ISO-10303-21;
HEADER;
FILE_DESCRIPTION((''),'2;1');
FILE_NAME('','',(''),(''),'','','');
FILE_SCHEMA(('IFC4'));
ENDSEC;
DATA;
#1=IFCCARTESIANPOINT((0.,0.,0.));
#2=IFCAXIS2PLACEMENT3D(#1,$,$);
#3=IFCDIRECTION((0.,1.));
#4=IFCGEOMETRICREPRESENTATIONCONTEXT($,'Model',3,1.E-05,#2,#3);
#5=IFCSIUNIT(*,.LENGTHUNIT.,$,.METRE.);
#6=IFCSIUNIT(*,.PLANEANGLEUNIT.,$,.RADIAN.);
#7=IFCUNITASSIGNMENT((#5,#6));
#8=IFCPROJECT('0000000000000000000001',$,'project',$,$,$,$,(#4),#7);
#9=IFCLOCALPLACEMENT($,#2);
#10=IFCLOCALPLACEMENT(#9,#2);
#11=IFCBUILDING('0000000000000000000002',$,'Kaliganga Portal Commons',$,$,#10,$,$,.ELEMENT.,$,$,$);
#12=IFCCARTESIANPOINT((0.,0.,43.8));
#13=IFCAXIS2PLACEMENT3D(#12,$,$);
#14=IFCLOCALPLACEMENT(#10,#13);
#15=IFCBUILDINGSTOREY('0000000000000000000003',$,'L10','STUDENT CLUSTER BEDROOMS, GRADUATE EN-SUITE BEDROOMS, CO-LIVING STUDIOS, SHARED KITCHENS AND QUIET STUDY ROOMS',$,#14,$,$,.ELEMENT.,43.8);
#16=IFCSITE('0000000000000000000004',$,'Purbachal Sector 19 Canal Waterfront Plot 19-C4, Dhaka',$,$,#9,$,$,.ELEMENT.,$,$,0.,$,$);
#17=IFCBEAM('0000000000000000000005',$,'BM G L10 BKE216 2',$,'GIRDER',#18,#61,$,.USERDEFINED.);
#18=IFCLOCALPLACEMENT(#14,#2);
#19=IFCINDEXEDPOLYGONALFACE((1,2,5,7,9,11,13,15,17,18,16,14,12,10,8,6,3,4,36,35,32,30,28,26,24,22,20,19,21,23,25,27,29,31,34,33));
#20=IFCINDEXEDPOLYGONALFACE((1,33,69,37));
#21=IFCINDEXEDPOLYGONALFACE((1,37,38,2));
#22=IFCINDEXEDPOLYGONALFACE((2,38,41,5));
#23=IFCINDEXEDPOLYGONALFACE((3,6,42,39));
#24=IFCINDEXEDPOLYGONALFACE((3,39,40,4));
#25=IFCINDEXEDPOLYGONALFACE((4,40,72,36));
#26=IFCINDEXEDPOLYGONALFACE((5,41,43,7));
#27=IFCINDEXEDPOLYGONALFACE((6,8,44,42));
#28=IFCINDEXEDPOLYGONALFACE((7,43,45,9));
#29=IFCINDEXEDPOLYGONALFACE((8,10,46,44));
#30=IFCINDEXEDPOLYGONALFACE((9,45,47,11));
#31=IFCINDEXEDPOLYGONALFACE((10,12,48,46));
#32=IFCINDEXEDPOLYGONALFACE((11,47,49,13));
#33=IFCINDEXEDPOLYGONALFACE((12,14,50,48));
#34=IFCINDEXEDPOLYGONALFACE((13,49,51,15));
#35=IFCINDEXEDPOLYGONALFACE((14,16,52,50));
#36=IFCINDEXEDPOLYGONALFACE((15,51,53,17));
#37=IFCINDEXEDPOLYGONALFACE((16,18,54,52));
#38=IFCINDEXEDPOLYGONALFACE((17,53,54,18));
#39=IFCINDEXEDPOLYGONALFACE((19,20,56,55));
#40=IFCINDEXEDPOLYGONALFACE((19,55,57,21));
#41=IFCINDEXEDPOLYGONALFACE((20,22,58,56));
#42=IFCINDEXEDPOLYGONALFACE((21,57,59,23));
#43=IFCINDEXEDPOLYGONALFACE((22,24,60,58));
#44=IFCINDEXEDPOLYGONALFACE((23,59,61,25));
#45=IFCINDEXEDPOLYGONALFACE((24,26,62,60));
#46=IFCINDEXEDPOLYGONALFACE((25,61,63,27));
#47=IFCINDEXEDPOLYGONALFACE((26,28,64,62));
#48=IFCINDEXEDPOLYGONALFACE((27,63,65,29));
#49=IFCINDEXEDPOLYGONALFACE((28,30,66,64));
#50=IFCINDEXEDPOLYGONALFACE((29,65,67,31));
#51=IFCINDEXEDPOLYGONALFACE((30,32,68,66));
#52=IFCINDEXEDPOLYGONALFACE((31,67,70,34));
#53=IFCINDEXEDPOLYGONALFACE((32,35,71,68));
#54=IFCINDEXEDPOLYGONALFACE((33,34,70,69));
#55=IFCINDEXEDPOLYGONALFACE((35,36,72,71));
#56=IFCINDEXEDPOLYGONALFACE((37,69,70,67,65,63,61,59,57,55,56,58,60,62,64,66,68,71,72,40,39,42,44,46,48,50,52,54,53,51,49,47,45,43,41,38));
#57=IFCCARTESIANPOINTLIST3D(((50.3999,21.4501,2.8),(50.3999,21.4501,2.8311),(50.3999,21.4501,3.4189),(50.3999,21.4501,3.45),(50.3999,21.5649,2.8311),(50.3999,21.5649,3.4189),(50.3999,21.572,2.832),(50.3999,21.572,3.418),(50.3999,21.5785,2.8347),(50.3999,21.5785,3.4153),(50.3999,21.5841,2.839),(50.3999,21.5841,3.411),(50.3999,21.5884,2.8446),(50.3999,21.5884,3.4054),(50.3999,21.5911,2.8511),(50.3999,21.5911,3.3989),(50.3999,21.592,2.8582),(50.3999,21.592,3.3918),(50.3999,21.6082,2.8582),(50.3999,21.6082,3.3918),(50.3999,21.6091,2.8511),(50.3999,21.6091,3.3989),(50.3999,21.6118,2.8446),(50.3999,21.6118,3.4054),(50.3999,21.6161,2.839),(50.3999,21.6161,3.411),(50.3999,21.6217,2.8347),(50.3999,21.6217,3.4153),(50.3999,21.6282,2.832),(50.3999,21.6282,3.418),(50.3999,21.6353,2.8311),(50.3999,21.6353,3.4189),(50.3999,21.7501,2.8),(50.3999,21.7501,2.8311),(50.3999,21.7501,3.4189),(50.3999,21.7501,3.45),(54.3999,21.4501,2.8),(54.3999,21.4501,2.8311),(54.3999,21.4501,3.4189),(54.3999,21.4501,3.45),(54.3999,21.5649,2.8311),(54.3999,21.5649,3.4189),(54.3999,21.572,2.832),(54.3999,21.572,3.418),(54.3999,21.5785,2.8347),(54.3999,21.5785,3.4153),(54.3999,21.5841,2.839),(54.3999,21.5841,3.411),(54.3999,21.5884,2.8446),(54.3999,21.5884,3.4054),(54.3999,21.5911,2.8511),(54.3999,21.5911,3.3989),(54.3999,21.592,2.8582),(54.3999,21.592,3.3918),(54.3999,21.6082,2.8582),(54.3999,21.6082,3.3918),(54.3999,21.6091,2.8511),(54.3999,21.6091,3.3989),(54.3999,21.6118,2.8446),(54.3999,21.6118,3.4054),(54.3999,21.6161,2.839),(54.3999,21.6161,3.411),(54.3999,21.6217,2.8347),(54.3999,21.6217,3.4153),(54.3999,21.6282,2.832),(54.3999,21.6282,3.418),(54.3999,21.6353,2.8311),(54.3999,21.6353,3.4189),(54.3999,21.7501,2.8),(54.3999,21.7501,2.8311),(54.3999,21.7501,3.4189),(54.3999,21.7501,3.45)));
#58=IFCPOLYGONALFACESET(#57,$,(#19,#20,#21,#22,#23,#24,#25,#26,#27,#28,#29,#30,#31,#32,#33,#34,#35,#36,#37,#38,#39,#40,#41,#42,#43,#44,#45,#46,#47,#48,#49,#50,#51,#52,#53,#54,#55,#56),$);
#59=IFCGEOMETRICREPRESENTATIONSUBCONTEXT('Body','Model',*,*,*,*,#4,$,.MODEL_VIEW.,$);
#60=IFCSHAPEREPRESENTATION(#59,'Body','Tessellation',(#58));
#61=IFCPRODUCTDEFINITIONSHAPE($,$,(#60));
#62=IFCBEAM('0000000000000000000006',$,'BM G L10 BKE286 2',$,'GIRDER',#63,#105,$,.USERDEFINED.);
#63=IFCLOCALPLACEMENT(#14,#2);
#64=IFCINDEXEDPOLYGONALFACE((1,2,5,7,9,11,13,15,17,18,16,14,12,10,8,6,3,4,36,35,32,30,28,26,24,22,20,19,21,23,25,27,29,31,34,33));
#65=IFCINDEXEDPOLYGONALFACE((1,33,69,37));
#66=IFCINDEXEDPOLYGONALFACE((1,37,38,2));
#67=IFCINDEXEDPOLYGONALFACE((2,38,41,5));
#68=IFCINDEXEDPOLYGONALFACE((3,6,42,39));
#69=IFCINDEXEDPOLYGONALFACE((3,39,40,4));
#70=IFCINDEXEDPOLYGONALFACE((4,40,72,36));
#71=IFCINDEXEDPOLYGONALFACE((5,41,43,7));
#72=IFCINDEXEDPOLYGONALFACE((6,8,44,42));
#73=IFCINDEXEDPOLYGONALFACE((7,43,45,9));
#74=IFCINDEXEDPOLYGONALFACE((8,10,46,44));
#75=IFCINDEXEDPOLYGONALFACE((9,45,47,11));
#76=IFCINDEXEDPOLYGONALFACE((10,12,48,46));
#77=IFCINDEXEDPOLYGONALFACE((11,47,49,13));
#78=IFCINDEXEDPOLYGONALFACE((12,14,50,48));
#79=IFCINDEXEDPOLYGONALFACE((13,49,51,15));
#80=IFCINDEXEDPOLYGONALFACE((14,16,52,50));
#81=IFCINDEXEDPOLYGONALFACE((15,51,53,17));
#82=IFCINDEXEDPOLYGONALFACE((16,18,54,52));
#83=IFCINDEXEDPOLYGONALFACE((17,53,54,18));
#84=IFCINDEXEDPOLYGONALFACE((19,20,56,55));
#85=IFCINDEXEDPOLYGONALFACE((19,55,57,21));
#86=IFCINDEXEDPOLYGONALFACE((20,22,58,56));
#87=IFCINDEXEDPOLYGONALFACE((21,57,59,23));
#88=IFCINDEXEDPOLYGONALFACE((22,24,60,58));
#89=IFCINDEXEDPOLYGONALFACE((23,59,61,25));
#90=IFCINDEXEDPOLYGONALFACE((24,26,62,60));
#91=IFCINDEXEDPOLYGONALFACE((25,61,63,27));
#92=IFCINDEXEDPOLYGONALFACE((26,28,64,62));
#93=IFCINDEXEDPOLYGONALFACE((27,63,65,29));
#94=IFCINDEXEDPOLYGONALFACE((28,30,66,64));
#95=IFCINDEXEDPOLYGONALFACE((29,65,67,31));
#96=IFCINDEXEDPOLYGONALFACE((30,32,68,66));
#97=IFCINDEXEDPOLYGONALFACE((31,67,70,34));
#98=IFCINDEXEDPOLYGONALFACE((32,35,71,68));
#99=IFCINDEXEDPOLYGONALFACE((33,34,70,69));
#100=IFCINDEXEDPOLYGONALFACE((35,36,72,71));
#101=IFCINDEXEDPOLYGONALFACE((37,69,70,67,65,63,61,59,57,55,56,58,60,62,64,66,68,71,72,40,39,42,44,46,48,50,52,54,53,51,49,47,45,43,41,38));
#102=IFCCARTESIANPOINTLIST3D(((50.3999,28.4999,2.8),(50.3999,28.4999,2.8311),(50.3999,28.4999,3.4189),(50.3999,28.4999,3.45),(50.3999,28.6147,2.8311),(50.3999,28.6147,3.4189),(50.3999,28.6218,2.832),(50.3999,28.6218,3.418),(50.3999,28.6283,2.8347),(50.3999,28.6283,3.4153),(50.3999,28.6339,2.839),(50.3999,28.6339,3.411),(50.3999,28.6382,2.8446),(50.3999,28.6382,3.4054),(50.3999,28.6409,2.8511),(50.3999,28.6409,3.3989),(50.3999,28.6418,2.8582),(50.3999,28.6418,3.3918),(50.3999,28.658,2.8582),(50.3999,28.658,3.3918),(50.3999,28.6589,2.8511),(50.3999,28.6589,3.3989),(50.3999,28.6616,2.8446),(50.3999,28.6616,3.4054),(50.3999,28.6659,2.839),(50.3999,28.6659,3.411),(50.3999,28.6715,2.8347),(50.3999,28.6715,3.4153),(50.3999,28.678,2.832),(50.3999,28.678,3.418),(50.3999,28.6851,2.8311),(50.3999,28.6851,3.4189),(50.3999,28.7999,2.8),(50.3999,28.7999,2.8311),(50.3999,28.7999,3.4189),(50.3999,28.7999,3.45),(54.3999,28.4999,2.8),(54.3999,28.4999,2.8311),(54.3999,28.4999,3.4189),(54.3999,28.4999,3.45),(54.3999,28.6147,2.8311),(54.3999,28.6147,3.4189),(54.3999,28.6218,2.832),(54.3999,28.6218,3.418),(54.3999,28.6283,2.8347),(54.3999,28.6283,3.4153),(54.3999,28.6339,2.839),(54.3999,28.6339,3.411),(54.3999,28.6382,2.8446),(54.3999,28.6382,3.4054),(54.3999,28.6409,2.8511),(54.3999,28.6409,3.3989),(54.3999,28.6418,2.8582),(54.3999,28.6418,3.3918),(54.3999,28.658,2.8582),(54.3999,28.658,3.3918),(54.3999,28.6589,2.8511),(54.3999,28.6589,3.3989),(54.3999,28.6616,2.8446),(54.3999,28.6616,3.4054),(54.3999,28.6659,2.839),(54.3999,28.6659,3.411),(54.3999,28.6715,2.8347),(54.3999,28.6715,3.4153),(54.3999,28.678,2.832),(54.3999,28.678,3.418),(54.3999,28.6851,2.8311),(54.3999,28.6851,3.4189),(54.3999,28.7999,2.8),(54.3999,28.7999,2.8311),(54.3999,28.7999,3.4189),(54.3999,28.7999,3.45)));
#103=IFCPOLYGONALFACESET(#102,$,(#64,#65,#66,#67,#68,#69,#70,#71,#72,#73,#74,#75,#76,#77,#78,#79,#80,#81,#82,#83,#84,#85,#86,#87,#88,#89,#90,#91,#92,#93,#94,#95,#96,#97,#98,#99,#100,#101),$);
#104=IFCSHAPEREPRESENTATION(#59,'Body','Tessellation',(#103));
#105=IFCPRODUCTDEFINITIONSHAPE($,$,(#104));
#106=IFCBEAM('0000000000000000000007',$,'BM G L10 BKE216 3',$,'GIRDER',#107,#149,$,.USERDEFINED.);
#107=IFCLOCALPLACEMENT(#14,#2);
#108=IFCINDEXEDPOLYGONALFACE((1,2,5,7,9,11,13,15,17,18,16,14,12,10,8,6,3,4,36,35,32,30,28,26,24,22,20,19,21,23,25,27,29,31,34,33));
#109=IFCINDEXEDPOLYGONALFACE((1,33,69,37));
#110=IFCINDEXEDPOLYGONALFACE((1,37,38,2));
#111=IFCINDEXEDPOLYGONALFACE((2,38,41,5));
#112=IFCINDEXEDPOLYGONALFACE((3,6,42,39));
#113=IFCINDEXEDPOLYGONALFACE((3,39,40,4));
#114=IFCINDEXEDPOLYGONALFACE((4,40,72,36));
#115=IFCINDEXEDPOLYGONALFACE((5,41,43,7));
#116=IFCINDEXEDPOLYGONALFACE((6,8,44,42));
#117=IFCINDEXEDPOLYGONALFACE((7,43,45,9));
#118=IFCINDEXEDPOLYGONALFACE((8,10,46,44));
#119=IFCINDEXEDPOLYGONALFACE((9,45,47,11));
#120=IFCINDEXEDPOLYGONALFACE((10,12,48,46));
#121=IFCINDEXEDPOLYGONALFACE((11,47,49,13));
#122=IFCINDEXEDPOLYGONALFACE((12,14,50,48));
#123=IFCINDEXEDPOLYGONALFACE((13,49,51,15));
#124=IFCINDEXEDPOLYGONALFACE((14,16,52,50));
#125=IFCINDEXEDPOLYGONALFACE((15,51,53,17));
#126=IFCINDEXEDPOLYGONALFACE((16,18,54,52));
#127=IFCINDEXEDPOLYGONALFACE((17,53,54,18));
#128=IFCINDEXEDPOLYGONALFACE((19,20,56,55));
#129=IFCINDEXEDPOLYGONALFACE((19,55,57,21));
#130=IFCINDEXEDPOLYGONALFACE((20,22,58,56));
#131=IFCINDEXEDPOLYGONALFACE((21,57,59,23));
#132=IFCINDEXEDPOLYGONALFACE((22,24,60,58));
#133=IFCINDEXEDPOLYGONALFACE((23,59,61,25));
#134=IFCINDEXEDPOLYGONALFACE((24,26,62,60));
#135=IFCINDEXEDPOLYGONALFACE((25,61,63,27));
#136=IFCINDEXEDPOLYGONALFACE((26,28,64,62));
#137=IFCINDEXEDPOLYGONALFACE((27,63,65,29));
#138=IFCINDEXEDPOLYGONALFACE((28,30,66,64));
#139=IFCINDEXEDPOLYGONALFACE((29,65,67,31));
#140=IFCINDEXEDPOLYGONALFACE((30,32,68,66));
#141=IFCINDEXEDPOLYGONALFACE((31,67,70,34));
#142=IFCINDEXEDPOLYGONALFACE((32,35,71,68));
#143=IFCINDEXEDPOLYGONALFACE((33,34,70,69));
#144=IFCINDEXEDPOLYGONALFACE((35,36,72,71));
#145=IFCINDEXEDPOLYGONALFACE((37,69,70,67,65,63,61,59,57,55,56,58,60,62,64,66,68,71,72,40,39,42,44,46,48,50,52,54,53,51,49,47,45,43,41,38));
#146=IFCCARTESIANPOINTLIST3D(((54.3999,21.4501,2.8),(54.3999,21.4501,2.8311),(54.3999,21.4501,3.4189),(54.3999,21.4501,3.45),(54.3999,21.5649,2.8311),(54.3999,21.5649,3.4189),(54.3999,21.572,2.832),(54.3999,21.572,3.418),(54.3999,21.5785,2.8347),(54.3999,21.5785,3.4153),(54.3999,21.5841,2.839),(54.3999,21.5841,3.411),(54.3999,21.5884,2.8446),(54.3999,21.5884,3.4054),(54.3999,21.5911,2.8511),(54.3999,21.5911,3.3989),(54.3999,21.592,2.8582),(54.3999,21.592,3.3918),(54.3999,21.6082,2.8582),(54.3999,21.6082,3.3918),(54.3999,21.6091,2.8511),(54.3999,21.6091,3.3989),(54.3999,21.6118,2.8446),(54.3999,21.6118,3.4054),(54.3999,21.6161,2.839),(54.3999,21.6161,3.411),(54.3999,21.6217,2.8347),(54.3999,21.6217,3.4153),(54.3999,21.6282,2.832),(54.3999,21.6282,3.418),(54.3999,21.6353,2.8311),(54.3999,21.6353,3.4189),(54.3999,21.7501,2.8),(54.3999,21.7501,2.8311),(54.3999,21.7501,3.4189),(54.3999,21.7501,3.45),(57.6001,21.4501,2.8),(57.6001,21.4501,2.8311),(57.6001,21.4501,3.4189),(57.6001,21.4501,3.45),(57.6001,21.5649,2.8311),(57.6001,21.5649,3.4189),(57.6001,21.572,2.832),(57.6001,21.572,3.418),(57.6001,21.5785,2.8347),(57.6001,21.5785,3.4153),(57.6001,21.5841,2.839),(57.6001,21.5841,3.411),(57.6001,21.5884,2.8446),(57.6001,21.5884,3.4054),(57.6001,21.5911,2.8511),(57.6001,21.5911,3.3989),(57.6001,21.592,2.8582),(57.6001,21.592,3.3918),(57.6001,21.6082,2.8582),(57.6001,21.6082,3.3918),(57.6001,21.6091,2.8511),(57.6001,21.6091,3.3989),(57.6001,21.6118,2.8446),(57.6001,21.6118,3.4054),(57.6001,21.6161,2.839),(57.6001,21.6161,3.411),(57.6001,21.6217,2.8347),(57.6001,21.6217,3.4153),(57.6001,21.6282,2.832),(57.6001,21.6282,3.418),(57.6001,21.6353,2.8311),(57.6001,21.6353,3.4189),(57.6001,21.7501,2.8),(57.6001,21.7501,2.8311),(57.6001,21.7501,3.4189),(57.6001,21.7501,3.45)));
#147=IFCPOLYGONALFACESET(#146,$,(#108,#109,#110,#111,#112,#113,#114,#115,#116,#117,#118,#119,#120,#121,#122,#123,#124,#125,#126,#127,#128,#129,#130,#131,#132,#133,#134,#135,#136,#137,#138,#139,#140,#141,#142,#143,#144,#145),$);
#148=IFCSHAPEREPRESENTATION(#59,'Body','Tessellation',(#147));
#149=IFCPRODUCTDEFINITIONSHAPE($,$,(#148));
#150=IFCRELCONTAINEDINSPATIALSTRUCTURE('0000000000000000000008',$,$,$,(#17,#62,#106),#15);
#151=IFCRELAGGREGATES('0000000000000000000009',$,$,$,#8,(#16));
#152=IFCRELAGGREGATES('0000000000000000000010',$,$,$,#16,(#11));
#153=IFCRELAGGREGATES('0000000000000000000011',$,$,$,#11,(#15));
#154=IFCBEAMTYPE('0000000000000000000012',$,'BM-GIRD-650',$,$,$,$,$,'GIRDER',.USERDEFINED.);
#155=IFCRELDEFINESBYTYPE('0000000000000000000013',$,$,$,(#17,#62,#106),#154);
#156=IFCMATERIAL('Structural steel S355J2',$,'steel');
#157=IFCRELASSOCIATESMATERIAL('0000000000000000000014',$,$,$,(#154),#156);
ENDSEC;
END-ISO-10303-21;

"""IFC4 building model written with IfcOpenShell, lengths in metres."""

from ifc_helpers import new_model, si_unit, direction, frame, origin, origin_2d, place, context, subcontext, project, spatial, i_section, extrude, source, transform, mapped, material, material_profile, profile_set, type_object, element, save


model = new_model("IFC4")

# Units and contexts
model_context = context("Model", 3, precision=1e-05, world=origin(), true_north=direction((0.0, 1.0)))
body_context = subcontext(model_context, "Body", "Model", "MODEL_VIEW")
ifc_project = project(units=[si_unit("LENGTHUNIT", "METRE"), si_unit("PLANEANGLEUNIT", "RADIAN")], contexts=[model_context])

# Site, building, storey
site_placement = place(None, origin())
site = spatial("IfcSite", under=ifc_project, at=site_placement, Name="Purbachal Sector 19 Canal Waterfront Plot 19-C4, Dhaka", CompositionType="ELEMENT", RefElevation=0.0)
building_placement = place(site_placement, origin())
building = spatial("IfcBuilding", under=site, at=building_placement, Name="Kaliganga Portal Commons", CompositionType="ELEMENT")
storey_placement = place(building_placement, frame((0.0, 0.0, 43.8)))
storey = spatial("IfcBuildingStorey", under=building, at=storey_placement, Name="L10", Description="STUDENT CLUSTER BEDROOMS, GRADUATE EN-SUITE BEDROOMS, CO-LIVING STUDIOS, SHARED KITCHENS AND QUIET STUDY ROOMS", CompositionType="ELEMENT", Elevation=43.8)

# Beams
ifc_material_1 = material(Name="Structural steel S355J2", Category="steel")
ifc_material_profile_1 = material_profile(ifc_material_1, i_section(OverallWidth=0.3, OverallDepth=0.6499, WebThickness=0.0161, FlangeThickness=0.031, FilletRadius=0.0271, at=origin_2d()), Name="HE 650 B")
ifc_profile_set_1 = profile_set([ifc_material_profile_1], Name="Structural steel S355J2 wide-flange")
beam_type_1 = type_object("IfcBeamType", Name="BM-GIRD-650", ElementType="GIRDER", PredefinedType="USERDEFINED", material=ifc_profile_set_1)
shared_shape_1 = source(origin(), body_context, "Body", "SweptSolid", [
    extrude(i_section(OverallWidth=0.3, OverallDepth=0.6499, WebThickness=0.0161, FlangeThickness=0.031, FilletRadius=0.0271, at=origin_2d()), origin(), (0.0, 0.0, 1.0), 4.0),
])
for number, where, z_axis, x_axis, name in (
    (1, (50.3999, 21.6001, 3.125), (1.0, 0.0, 0.0), (0.0, 1.0, 0.0), "BM G L10 BKE216 2"),
    (2, (50.3999, 28.6499, 3.125), (1.0, 0.0, 0.0), (0.0, 1.0, 0.0), "BM G L10 BKE286 2"),
):
    element("IfcBeam", number, at=place(storey_placement, frame(where, z_axis=z_axis, x_axis=x_axis)), inside=storey, type_object=beam_type_1, Name=name, ObjectType="GIRDER", PredefinedType="USERDEFINED", context=body_context, shape_type="MappedRepresentation", body=[
        mapped(shared_shape_1, transform((0.0, 0.0, 0.0), x_axis=(1.0, 0.0, 0.0), y_axis=(0.0, 1.0, 0.0), z_axis=(0.0, 0.0, 1.0), scale=1.0)),
    ])
shared_shape_2 = source(origin(), body_context, "Body", "SweptSolid", [
    extrude(i_section(OverallWidth=0.3, OverallDepth=0.6499, WebThickness=0.0161, FlangeThickness=0.031, FilletRadius=0.0271, at=origin_2d()), origin(), (0.0, 0.0, 1.0), 3.2002),
])
beam_1_placement = place(storey_placement, frame((54.3999, 21.6001, 3.125), z_axis=(1.0, 0.0, 0.0), x_axis=(0.0, 1.0, 0.0)))
element("IfcBeam", 3, at=beam_1_placement, inside=storey, type_object=beam_type_1, Name="BM G L10 BKE216 3", ObjectType="GIRDER", PredefinedType="USERDEFINED", context=body_context, shape_type="MappedRepresentation", body=[
    mapped(shared_shape_2, transform((0.0, 0.0, 0.0), x_axis=(1.0, 0.0, 0.0), y_axis=(0.0, 1.0, 0.0), z_axis=(0.0, 0.0, 1.0), scale=1.0)),
])

save(model, "model.ifc")
